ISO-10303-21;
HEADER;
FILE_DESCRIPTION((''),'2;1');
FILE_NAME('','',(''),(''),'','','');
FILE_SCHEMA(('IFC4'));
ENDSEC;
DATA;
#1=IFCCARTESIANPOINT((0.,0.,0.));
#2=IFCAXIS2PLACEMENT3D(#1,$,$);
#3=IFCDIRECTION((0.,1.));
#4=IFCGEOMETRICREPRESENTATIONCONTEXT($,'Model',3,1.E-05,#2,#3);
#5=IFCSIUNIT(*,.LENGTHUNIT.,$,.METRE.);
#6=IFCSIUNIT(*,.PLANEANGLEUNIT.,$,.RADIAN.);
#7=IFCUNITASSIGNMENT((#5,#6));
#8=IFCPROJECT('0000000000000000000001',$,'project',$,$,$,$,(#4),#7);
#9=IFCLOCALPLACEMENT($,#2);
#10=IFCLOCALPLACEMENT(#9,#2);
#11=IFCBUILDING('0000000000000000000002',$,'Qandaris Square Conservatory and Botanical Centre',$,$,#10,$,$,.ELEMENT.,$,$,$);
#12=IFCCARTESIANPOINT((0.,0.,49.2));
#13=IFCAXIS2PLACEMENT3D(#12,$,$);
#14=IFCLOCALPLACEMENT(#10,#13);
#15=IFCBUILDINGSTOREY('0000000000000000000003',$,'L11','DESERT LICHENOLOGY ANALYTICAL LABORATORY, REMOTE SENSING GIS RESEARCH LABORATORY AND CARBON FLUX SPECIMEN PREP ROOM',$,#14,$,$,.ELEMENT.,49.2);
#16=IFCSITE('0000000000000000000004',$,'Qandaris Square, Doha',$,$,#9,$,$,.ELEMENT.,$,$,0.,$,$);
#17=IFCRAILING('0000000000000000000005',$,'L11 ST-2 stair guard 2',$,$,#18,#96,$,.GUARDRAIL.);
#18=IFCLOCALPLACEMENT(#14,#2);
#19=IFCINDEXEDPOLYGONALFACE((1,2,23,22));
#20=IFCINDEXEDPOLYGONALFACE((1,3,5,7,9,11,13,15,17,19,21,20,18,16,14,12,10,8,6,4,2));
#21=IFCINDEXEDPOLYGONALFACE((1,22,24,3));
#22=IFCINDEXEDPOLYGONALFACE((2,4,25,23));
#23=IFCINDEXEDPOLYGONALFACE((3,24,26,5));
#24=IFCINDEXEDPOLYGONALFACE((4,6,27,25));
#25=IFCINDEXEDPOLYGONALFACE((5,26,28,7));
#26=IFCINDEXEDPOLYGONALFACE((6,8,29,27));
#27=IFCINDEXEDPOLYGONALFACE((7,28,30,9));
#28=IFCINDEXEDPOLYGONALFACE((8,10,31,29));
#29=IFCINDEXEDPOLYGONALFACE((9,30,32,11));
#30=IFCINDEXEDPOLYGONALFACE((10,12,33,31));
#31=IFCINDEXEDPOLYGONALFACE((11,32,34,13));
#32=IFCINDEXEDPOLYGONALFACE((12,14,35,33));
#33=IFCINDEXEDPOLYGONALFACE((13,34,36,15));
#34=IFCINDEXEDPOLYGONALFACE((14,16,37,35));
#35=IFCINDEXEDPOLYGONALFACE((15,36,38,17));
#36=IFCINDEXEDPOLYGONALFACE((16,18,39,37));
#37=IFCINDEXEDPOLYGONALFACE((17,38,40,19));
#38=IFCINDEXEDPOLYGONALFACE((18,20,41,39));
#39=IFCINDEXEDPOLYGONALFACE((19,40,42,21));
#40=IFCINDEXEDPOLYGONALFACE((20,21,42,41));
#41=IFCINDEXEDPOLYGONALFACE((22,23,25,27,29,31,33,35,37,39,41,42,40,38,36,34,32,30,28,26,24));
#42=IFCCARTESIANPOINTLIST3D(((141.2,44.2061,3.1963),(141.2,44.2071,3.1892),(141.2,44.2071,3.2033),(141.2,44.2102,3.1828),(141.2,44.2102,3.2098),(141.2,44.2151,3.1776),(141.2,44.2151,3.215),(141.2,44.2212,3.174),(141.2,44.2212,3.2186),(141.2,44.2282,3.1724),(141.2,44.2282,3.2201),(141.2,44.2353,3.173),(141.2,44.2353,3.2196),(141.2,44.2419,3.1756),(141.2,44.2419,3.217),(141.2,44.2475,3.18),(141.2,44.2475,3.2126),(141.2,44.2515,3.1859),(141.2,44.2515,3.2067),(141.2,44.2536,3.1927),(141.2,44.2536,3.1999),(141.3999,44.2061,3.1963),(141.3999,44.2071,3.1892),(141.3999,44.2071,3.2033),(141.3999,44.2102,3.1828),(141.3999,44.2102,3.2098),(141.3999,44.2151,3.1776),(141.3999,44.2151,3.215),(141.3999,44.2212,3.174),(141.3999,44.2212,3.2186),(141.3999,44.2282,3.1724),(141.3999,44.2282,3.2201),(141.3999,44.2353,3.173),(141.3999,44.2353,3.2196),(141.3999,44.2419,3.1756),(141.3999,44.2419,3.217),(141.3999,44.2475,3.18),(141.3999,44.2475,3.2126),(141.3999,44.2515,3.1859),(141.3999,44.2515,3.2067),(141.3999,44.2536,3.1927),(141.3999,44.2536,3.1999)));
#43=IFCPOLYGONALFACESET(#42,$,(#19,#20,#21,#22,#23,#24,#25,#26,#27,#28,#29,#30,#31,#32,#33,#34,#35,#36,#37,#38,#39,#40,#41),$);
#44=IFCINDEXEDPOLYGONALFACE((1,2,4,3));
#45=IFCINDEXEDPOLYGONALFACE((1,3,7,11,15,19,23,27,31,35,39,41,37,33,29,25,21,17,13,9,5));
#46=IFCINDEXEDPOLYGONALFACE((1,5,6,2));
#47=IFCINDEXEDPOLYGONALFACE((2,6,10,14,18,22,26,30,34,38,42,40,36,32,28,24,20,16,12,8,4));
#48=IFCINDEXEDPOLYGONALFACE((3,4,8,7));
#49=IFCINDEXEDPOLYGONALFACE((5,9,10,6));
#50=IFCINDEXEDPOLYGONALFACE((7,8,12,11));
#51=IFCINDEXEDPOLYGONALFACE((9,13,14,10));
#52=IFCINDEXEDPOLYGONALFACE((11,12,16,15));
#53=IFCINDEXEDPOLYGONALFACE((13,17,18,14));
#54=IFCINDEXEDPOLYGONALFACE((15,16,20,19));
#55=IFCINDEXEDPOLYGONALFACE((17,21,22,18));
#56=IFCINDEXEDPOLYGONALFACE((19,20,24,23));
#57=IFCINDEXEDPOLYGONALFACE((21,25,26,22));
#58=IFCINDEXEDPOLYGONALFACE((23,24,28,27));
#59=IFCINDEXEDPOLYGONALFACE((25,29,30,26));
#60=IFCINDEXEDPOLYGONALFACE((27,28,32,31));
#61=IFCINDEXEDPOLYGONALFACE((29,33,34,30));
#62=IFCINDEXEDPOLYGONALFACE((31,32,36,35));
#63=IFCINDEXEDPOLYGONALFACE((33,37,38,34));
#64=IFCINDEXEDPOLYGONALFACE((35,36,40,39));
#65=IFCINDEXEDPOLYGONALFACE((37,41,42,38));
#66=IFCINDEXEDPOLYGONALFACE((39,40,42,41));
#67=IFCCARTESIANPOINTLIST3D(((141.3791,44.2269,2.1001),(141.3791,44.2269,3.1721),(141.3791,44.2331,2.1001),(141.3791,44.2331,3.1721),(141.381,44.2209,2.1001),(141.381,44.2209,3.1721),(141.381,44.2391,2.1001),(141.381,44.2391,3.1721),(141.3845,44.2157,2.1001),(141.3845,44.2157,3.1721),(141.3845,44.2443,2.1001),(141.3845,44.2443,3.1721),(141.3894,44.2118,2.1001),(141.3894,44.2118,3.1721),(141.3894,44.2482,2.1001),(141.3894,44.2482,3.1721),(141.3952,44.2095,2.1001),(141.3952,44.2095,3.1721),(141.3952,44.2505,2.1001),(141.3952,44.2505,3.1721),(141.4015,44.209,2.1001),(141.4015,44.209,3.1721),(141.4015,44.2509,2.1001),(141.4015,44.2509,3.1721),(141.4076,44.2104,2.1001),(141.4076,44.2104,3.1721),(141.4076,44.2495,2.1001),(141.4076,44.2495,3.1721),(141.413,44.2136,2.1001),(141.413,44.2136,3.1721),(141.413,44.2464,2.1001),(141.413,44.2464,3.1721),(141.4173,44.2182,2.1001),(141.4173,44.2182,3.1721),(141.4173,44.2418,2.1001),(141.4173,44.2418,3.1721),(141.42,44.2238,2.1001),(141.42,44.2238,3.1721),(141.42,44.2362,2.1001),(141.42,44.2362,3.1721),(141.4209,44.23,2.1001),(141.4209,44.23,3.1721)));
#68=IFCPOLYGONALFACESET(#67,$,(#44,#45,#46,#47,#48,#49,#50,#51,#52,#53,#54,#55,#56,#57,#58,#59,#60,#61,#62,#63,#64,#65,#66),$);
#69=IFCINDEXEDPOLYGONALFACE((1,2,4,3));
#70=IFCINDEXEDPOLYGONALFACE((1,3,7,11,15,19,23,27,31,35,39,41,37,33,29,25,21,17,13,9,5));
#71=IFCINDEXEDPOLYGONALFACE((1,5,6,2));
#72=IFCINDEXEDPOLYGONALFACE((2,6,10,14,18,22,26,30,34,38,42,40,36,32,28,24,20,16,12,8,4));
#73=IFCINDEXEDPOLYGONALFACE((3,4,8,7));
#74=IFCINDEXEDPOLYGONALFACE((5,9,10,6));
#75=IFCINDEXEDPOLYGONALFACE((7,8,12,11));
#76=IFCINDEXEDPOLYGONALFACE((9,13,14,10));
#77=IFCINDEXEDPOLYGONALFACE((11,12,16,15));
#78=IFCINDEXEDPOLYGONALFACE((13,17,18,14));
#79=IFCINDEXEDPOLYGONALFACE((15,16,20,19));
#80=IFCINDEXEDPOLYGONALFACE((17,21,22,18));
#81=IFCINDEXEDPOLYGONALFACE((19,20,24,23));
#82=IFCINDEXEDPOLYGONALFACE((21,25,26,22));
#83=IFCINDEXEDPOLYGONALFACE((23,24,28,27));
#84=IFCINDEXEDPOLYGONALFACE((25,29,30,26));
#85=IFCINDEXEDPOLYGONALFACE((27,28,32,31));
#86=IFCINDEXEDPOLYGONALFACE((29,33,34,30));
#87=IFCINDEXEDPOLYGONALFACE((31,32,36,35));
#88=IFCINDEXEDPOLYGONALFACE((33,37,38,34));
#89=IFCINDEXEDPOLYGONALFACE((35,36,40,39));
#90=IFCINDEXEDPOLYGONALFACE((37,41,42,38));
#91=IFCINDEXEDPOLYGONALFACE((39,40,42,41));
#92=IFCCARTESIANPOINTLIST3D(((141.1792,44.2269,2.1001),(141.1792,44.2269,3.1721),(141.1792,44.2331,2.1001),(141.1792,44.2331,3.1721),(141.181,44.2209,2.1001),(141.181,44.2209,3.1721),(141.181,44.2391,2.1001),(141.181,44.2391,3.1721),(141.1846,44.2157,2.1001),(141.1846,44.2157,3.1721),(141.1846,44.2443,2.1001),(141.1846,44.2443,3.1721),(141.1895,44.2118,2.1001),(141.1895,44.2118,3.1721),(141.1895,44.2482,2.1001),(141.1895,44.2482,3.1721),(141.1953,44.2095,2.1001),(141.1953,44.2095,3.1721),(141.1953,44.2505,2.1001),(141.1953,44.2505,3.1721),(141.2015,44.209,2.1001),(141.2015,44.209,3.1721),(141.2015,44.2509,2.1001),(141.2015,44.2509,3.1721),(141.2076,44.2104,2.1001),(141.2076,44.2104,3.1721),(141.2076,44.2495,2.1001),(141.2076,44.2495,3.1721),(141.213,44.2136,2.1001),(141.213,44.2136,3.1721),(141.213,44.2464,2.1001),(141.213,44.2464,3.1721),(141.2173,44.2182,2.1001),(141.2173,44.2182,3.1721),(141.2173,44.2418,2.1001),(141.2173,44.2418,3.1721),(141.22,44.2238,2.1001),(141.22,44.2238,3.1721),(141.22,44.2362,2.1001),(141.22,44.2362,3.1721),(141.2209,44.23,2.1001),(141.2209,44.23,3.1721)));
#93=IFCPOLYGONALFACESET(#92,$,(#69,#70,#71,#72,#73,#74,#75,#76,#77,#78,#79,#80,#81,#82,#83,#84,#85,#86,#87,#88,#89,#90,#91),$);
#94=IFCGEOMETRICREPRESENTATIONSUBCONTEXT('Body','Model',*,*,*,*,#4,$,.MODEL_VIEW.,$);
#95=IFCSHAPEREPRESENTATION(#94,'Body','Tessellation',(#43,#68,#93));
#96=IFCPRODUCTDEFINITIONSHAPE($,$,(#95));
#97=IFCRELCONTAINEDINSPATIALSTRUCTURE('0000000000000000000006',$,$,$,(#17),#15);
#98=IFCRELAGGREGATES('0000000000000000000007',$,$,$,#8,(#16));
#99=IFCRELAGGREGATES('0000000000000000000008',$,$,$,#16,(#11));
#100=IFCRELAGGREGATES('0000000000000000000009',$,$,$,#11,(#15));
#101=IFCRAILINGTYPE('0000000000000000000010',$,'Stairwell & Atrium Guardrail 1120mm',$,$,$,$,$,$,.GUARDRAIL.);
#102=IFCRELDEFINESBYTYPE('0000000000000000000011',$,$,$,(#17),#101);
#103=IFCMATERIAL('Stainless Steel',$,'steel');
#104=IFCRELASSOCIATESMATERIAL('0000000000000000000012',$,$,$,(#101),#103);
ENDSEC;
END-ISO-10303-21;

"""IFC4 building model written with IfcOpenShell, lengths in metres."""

from ifc_helpers import new_model, si_unit, direction, frame, origin, origin_2d, place, context, subcontext, project, spatial, circle, extrude, material, type_object, element, save


model = new_model("IFC4")

# Units and contexts
model_context = context("Model", 3, precision=1e-05, world=origin(), true_north=direction((0.0, 1.0)))
body_context = subcontext(model_context, "Body", "Model", "MODEL_VIEW")
ifc_project = project(units=[si_unit("LENGTHUNIT", "METRE"), si_unit("PLANEANGLEUNIT", "RADIAN")], contexts=[model_context])

# Site, building, storey
site_placement = place(None, origin())
site = spatial("IfcSite", under=ifc_project, at=site_placement, Name="Qandaris Square, Doha", CompositionType="ELEMENT", RefElevation=0.0)
building_placement = place(site_placement, origin())
building = spatial("IfcBuilding", under=site, at=building_placement, Name="Qandaris Square Conservatory and Botanical Centre", CompositionType="ELEMENT")
storey_placement = place(building_placement, frame((0.0, 0.0, 49.2)))
storey = spatial("IfcBuildingStorey", under=building, at=storey_placement, Name="L11", Description="DESERT LICHENOLOGY ANALYTICAL LABORATORY, REMOTE SENSING GIS RESEARCH LABORATORY AND CARBON FLUX SPECIMEN PREP ROOM", CompositionType="ELEMENT", Elevation=49.2)

# Railing
ifc_material_1 = material(Name="Stainless Steel", Category="steel")
railing_type_1 = type_object("IfcRailingType", Name="Stairwell & Atrium Guardrail 1120mm", PredefinedType="GUARDRAIL", material=ifc_material_1)
railing_1_placement = place(storey_placement, frame((141.3999, 44.23, 2.1001)))
element("IfcRailing", 1, at=railing_1_placement, inside=storey, type_object=railing_type_1, Name="L11 ST-2 stair guard 2", PredefinedType="GUARDRAIL", context=body_context, shape_type="SweptSolid", body=[
    extrude(circle(Radius=0.0239, at=origin_2d()), frame((0.0, 0.0, 1.0962), z_axis=(-1.0, 0.0, 0.0), x_axis=(0.0, -1.0, 0.0)), (0.0, 0.0, 1.0), 0.2),
    extrude(circle(Radius=0.021, at=origin_2d()), origin(), (0.0, 0.0, 1.0), 1.072),
    extrude(circle(Radius=0.021, at=origin_2d()), frame((-0.2, 0.0, 0.0)), (0.0, 0.0, 1.0), 1.072),
])

save(model, "model.ifc")
